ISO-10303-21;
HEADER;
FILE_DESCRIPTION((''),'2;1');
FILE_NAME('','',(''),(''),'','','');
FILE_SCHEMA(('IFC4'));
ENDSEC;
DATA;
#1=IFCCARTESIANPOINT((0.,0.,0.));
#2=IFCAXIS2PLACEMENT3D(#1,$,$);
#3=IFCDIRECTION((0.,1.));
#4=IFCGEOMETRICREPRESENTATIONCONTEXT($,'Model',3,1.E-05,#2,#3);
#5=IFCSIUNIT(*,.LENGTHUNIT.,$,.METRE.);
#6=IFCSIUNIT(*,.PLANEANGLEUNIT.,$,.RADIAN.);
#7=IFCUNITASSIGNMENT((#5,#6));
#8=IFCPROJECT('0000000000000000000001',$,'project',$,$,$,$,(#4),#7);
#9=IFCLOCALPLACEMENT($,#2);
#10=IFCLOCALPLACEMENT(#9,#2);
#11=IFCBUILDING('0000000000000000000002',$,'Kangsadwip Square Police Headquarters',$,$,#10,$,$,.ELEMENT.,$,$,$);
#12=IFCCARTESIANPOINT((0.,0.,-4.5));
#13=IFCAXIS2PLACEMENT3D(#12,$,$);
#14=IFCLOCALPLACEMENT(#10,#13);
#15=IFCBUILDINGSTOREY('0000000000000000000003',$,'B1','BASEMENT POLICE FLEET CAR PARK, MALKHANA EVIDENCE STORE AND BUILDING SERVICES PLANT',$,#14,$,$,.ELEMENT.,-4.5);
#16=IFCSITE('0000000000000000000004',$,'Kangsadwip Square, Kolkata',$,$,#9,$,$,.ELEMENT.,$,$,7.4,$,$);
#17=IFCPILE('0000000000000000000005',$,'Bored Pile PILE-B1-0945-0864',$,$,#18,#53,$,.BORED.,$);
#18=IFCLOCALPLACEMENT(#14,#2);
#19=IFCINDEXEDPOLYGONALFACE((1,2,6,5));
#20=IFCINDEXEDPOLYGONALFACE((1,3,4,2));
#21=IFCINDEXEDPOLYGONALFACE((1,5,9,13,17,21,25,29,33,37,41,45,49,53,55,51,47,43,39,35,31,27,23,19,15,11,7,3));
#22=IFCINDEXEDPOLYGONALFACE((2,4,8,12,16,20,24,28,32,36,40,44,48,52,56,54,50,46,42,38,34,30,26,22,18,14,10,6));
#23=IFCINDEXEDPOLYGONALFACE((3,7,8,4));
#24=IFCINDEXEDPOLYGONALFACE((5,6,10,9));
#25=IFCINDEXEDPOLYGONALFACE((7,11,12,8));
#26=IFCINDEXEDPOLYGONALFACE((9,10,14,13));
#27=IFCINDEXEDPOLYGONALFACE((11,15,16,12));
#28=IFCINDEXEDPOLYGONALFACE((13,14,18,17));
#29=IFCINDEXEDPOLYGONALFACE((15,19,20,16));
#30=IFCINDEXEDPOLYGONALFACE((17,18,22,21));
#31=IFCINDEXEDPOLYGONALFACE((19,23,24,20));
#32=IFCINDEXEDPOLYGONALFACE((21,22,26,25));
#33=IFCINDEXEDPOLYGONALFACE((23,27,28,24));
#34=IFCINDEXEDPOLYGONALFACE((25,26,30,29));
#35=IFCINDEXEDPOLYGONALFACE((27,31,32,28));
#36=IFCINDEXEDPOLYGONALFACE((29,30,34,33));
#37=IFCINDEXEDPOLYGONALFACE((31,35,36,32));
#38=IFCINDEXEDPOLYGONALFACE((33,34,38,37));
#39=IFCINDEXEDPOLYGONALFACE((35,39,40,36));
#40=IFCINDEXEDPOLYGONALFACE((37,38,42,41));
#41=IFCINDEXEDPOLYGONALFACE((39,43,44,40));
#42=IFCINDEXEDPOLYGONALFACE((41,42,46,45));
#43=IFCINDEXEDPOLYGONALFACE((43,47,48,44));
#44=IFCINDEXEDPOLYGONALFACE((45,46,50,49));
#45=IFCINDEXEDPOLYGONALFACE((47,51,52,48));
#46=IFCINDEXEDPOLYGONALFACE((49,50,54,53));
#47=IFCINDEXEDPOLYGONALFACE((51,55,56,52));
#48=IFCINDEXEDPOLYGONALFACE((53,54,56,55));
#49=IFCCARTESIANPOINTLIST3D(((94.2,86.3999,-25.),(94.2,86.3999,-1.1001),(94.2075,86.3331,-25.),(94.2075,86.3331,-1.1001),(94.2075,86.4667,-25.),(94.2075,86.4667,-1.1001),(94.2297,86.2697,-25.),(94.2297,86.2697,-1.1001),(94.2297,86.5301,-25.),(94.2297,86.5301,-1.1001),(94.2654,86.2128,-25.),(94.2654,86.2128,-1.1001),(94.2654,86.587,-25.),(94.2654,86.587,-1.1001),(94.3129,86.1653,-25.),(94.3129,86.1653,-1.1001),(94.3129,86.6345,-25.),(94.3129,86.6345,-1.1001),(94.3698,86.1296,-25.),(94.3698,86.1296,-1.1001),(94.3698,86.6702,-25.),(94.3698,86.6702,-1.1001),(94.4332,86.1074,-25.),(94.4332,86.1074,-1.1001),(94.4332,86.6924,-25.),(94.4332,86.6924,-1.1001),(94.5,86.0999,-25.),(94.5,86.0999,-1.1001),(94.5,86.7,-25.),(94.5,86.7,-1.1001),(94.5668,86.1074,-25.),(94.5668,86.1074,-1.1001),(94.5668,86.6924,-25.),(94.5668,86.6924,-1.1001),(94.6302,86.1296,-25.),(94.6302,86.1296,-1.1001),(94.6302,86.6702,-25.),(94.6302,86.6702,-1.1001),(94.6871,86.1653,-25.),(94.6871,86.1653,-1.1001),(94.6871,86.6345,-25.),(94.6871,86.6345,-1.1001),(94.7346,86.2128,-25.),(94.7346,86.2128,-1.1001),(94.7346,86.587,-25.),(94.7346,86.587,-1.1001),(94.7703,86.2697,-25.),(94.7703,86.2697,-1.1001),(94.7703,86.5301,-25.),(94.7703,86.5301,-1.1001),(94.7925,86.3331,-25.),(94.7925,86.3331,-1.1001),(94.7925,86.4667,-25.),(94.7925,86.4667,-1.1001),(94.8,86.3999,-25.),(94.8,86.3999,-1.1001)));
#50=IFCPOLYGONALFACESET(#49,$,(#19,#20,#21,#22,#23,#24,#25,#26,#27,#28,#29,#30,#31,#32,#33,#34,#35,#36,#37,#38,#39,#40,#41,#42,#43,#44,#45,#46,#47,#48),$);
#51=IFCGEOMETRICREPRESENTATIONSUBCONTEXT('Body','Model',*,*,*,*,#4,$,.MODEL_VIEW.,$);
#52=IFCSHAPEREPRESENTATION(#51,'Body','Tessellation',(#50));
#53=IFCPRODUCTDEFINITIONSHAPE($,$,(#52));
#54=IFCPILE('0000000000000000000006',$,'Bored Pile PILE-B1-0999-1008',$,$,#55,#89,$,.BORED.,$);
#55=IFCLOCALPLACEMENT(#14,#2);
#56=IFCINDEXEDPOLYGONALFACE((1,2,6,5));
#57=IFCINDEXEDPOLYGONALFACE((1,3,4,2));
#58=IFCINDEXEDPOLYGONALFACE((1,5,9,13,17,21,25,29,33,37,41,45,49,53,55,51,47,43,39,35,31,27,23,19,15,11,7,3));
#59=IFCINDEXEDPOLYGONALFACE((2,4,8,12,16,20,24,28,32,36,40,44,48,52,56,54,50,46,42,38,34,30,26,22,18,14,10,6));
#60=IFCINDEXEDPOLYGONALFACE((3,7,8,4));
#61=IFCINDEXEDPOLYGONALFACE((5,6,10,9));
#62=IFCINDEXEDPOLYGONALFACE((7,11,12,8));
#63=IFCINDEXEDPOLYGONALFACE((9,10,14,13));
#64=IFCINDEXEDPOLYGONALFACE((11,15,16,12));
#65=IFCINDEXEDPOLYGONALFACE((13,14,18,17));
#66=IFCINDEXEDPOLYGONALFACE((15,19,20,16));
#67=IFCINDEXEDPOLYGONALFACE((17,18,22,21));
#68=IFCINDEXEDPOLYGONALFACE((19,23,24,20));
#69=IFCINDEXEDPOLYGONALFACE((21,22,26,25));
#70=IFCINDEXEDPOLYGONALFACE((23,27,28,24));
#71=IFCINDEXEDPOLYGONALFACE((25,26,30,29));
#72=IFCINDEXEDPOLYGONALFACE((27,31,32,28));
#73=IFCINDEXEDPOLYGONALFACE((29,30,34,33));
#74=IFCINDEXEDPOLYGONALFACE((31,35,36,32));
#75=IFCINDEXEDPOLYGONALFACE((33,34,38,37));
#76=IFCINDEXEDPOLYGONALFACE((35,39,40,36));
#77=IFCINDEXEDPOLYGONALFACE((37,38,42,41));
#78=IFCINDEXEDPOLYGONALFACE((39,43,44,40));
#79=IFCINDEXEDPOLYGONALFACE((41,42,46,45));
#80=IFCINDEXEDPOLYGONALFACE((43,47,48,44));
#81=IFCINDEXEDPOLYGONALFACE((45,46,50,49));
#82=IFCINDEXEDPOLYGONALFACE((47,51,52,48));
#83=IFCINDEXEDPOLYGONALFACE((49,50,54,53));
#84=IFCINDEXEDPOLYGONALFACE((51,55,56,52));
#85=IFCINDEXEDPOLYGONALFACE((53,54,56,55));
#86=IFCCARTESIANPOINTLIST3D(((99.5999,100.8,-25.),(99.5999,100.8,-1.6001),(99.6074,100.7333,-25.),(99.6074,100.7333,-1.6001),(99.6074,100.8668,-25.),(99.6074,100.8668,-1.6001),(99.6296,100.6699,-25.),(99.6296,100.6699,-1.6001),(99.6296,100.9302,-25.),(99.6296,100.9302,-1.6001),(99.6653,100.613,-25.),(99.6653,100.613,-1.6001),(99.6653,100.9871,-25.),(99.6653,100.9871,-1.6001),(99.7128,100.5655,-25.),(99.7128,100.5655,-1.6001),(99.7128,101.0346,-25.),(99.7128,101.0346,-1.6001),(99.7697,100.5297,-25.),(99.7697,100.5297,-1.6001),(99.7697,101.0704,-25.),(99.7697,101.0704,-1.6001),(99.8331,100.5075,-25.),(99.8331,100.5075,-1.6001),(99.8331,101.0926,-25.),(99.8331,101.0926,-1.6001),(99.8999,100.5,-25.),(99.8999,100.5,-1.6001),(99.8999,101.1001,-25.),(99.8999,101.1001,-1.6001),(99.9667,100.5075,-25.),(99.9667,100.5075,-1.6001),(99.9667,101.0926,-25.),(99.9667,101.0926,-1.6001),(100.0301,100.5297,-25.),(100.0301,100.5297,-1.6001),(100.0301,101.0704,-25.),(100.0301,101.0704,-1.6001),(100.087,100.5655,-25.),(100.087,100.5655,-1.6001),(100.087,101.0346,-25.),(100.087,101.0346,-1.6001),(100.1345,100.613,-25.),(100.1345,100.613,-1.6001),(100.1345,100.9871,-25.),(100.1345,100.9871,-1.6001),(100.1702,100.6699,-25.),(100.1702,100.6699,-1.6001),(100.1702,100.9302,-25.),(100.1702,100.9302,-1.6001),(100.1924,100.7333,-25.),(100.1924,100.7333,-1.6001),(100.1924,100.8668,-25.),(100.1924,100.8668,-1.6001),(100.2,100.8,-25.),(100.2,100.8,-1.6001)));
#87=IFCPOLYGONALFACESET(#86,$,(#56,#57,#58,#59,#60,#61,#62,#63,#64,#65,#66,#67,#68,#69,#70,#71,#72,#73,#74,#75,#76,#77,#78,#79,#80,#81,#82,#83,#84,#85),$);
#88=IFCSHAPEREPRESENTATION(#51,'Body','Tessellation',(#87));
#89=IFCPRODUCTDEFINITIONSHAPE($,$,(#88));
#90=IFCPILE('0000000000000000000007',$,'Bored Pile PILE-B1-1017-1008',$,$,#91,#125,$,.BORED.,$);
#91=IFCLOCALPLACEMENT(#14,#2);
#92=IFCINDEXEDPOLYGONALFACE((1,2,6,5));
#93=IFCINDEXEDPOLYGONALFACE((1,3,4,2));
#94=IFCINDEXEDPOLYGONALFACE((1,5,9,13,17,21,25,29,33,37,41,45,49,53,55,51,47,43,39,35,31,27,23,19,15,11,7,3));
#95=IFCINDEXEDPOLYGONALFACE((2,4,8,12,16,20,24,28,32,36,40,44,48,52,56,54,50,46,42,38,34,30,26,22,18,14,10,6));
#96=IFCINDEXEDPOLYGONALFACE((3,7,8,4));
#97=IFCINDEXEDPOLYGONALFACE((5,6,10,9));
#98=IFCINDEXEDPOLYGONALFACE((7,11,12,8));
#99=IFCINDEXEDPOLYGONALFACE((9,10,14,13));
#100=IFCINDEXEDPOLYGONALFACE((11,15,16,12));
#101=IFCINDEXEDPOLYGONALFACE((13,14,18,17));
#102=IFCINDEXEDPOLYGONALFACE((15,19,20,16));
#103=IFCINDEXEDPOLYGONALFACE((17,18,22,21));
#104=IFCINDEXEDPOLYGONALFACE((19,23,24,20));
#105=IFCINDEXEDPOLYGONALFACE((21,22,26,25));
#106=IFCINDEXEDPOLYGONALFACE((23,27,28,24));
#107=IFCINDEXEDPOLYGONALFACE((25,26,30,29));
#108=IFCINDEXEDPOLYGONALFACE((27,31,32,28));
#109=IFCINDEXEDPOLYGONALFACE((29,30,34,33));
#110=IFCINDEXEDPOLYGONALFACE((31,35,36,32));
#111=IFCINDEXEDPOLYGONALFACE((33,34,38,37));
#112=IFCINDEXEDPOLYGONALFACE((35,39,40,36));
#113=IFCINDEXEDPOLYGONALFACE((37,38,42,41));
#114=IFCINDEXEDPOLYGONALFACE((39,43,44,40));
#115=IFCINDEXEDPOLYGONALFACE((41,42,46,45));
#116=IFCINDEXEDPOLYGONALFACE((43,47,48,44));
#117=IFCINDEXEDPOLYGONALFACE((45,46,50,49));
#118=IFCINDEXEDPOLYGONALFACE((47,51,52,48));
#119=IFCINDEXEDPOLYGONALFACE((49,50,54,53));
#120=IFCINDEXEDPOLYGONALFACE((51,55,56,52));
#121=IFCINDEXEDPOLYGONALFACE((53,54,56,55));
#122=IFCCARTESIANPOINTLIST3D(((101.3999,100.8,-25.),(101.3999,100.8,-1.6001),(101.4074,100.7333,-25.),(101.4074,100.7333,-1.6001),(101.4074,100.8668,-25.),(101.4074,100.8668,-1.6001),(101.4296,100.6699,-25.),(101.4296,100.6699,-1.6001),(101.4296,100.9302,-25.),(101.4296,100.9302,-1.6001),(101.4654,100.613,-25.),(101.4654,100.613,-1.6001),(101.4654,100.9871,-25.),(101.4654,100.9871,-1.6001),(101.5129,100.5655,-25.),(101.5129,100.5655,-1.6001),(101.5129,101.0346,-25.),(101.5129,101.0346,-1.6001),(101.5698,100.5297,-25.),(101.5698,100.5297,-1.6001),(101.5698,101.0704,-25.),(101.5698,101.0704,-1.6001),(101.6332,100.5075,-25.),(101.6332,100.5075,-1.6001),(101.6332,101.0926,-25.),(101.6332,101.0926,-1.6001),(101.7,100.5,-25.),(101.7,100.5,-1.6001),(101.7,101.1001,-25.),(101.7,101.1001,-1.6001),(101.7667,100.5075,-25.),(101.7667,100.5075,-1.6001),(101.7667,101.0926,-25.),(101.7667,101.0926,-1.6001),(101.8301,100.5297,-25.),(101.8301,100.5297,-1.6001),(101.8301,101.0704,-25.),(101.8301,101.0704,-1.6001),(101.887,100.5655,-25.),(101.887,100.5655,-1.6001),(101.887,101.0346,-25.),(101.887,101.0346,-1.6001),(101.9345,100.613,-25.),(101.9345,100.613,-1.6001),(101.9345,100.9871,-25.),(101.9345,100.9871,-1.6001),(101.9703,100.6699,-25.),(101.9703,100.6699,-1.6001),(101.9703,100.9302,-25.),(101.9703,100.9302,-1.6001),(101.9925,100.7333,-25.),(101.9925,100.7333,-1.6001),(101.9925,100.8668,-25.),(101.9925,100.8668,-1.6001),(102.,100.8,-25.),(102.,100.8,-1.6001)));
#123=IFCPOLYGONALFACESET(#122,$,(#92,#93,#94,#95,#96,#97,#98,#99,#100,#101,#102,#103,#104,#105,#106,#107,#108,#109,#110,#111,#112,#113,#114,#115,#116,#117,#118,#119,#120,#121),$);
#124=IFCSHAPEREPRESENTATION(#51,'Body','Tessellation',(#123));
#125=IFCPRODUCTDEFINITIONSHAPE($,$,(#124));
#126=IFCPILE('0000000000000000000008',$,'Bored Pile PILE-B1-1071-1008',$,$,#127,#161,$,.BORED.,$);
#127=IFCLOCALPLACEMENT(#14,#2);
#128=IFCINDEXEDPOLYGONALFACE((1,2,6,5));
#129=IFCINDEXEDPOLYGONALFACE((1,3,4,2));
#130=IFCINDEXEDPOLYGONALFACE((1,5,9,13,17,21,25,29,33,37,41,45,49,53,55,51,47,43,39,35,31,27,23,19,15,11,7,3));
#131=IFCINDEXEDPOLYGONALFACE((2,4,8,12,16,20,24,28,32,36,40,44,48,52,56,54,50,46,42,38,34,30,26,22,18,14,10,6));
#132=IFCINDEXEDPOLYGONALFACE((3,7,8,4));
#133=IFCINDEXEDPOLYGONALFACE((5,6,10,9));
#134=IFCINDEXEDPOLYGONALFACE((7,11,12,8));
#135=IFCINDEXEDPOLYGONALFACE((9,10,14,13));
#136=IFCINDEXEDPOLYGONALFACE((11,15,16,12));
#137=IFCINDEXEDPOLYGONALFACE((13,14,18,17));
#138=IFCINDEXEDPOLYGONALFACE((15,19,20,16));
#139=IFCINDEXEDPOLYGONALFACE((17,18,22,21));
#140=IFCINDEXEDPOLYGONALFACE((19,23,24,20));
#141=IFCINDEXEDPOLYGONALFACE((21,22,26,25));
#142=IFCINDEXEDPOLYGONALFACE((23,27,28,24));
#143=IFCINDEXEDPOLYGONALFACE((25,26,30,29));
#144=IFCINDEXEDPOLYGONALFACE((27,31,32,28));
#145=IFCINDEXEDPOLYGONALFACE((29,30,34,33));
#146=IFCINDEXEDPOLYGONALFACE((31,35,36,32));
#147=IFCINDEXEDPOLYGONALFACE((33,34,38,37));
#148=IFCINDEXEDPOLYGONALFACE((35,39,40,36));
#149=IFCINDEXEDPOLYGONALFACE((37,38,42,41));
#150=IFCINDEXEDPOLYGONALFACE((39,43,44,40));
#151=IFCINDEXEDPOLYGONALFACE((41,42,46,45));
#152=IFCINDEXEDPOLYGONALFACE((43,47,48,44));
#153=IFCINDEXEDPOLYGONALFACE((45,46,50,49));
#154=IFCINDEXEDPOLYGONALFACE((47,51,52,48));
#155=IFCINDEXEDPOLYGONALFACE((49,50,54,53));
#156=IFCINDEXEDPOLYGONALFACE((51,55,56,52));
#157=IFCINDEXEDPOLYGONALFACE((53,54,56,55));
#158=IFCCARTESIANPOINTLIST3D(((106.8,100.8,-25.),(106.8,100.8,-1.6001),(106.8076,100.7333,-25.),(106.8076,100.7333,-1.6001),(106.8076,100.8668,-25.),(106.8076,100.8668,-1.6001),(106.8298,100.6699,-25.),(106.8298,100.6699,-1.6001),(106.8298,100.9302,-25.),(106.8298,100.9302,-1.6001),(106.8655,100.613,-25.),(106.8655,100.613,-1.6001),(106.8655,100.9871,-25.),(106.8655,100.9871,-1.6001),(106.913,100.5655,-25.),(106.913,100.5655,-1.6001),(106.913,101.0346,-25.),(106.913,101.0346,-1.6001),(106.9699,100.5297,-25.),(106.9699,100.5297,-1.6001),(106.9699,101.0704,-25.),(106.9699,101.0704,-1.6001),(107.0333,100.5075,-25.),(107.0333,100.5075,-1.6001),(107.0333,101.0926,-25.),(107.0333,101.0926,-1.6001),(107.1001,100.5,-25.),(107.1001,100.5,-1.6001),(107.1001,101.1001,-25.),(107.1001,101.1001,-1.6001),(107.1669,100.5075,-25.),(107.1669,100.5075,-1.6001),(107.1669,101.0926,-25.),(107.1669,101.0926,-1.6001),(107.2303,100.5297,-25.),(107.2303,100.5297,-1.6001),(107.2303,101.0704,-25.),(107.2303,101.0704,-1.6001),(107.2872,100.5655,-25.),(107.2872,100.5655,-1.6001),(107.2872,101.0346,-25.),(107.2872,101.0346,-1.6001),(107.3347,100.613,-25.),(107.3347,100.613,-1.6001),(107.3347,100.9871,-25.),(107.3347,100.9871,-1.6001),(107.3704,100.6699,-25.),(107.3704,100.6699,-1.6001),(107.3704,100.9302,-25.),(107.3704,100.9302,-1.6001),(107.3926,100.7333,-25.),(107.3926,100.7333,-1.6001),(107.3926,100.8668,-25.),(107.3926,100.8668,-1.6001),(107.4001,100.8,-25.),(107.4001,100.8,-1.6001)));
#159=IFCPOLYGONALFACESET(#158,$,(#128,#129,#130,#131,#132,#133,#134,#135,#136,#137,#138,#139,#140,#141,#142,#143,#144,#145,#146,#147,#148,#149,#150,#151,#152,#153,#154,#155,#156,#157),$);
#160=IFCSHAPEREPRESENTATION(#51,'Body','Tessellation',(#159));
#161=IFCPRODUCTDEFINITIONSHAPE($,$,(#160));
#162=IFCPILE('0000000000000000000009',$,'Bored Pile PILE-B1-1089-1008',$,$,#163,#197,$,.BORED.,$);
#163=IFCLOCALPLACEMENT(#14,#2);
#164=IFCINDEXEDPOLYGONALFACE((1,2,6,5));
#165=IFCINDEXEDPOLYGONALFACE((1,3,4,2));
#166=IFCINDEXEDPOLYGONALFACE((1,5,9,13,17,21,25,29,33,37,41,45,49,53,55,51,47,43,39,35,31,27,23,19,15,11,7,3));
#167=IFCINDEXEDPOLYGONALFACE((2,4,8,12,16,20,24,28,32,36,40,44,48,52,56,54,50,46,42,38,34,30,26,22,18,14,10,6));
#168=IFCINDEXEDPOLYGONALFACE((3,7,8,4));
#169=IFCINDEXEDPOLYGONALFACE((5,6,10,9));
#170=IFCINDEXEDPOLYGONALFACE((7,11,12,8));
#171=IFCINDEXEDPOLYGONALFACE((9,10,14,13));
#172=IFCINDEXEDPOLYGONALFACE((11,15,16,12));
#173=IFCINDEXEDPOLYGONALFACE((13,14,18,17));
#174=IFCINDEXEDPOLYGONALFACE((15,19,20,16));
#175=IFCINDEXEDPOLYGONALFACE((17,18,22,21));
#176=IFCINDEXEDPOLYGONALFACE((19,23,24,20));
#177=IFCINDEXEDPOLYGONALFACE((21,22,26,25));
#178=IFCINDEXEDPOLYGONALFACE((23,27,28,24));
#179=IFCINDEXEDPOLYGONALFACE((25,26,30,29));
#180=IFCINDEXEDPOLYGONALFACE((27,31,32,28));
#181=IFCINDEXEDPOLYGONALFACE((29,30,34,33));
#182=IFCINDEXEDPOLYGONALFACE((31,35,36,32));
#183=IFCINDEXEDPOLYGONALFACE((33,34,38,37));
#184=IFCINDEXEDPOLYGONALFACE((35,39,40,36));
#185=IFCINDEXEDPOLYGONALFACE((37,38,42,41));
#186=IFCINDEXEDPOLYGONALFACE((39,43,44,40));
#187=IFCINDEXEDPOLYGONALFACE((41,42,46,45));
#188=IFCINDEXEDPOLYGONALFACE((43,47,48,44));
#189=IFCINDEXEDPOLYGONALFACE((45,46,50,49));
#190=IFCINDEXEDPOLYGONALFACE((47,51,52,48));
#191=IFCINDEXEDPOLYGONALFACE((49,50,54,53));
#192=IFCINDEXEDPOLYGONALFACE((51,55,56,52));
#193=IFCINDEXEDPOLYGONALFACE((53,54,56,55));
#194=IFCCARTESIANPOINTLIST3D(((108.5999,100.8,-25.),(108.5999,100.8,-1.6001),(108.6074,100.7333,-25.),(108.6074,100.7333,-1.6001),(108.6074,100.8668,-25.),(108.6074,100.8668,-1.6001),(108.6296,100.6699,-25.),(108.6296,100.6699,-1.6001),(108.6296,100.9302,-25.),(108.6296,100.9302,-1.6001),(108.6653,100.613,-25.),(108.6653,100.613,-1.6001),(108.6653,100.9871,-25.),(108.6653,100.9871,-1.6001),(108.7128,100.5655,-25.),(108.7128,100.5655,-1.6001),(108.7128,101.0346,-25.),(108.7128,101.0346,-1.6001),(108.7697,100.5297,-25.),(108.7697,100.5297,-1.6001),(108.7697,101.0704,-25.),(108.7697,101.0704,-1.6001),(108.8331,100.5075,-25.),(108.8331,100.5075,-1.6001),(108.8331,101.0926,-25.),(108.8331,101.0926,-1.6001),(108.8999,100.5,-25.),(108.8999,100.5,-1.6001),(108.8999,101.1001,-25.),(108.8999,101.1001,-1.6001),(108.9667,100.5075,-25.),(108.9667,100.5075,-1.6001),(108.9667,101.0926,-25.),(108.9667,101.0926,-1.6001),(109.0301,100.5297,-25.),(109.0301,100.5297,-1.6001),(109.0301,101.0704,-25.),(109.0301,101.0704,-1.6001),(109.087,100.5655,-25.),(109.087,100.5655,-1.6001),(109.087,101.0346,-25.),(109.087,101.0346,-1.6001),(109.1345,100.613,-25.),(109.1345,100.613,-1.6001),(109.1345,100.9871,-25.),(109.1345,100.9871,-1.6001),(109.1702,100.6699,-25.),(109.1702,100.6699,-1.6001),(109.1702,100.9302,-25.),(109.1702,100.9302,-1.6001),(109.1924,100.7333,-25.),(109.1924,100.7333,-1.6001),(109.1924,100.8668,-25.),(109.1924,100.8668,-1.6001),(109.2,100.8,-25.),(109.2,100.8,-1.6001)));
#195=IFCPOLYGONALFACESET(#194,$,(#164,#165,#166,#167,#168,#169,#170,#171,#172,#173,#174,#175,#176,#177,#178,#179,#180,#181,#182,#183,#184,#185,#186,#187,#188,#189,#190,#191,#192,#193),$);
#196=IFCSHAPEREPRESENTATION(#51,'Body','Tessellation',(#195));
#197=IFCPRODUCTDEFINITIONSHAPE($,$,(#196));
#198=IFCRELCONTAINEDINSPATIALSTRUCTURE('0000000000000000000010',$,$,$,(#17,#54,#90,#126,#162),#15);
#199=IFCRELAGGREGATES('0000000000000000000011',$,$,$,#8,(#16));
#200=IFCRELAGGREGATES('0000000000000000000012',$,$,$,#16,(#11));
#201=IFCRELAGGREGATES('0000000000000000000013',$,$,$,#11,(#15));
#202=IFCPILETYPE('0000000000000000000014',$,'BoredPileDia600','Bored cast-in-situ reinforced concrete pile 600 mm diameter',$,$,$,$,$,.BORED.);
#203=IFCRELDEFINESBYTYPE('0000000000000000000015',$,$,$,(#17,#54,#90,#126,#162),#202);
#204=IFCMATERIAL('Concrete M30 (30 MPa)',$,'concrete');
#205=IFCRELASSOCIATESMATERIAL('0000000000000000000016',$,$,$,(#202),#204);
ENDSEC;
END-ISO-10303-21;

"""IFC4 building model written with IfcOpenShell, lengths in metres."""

from ifc_helpers import new_model, si_unit, direction, frame, origin, origin_2d, place, context, subcontext, project, spatial, circle, extrude, material, material_profile, profile_set, type_object, element, save


model = new_model("IFC4")

# Units and contexts
model_context = context("Model", 3, precision=1e-05, world=origin(), true_north=direction((0.0, 1.0)))
body_context = subcontext(model_context, "Body", "Model", "MODEL_VIEW")
ifc_project = project(units=[si_unit("LENGTHUNIT", "METRE"), si_unit("PLANEANGLEUNIT", "RADIAN")], contexts=[model_context])

# Site, building, storey
site_placement = place(None, origin())
site = spatial("IfcSite", under=ifc_project, at=site_placement, Name="Kangsadwip Square, Kolkata", CompositionType="ELEMENT", RefElevation=7.4)
building_placement = place(site_placement, origin())
building = spatial("IfcBuilding", under=site, at=building_placement, Name="Kangsadwip Square Police Headquarters", CompositionType="ELEMENT")
storey_placement = place(building_placement, frame((0.0, 0.0, -4.5)))
storey = spatial("IfcBuildingStorey", under=building, at=storey_placement, Name="B1", Description="BASEMENT POLICE FLEET CAR PARK, MALKHANA EVIDENCE STORE AND BUILDING SERVICES PLANT", CompositionType="ELEMENT", Elevation=-4.5)

# Piles
ifc_material_1 = material(Name="Concrete M30 (30 MPa)", Category="concrete")
ifc_material_profile_1 = material_profile(ifc_material_1, circle(Radius=0.3, at=origin_2d()), Name="PILE DIA 600")
ifc_profile_set_1 = profile_set([ifc_material_profile_1], Name="Concrete M30 (30 MPa)")
pile_type_1 = type_object("IfcPileType", Name="BoredPileDia600", Description="Bored cast-in-situ reinforced concrete pile 600 mm diameter", PredefinedType="BORED", material=ifc_profile_set_1)
pile_placement = place(storey_placement, frame((94.5, 86.3999, -1.1001), z_axis=(0.0, 0.0, -1.0), x_axis=(1.0, 0.0, 0.0)))
element("IfcPile", 1, at=pile_placement, inside=storey, type_object=pile_type_1, Name="Bored Pile PILE-B1-0945-0864", PredefinedType="BORED", context=body_context, shape_type="SweptSolid", body=[
    extrude(circle(Radius=0.3, at=origin_2d()), origin(), (0.0, 0.0, 1.0), 23.8999),
])
for number, where, z_axis, x_axis, name in (
    (2, (99.8999, 100.8, -1.6001), (0.0, 0.0, -1.0), (1.0, 0.0, 0.0), "Bored Pile PILE-B1-0999-1008"),
    (3, (101.7, 100.8, -1.6001), (0.0, 0.0, -1.0), (1.0, 0.0, 0.0), "Bored Pile PILE-B1-1017-1008"),
    (4, (107.1001, 100.8, -1.6001), (0.0, 0.0, -1.0), (1.0, 0.0, 0.0), "Bored Pile PILE-B1-1071-1008"),
    (5, (108.8999, 100.8, -1.6001), (0.0, 0.0, -1.0), (1.0, 0.0, 0.0), "Bored Pile PILE-B1-1089-1008"),
):
    element("IfcPile", number, at=place(storey_placement, frame(where, z_axis=z_axis, x_axis=x_axis)), inside=storey, type_object=pile_type_1, Name=name, PredefinedType="BORED", context=body_context, shape_type="SweptSolid", body=[
        extrude(circle(Radius=0.3, at=origin_2d()), origin(), (0.0, 0.0, 1.0), 23.3999),
    ])

save(model, "model.ifc")
